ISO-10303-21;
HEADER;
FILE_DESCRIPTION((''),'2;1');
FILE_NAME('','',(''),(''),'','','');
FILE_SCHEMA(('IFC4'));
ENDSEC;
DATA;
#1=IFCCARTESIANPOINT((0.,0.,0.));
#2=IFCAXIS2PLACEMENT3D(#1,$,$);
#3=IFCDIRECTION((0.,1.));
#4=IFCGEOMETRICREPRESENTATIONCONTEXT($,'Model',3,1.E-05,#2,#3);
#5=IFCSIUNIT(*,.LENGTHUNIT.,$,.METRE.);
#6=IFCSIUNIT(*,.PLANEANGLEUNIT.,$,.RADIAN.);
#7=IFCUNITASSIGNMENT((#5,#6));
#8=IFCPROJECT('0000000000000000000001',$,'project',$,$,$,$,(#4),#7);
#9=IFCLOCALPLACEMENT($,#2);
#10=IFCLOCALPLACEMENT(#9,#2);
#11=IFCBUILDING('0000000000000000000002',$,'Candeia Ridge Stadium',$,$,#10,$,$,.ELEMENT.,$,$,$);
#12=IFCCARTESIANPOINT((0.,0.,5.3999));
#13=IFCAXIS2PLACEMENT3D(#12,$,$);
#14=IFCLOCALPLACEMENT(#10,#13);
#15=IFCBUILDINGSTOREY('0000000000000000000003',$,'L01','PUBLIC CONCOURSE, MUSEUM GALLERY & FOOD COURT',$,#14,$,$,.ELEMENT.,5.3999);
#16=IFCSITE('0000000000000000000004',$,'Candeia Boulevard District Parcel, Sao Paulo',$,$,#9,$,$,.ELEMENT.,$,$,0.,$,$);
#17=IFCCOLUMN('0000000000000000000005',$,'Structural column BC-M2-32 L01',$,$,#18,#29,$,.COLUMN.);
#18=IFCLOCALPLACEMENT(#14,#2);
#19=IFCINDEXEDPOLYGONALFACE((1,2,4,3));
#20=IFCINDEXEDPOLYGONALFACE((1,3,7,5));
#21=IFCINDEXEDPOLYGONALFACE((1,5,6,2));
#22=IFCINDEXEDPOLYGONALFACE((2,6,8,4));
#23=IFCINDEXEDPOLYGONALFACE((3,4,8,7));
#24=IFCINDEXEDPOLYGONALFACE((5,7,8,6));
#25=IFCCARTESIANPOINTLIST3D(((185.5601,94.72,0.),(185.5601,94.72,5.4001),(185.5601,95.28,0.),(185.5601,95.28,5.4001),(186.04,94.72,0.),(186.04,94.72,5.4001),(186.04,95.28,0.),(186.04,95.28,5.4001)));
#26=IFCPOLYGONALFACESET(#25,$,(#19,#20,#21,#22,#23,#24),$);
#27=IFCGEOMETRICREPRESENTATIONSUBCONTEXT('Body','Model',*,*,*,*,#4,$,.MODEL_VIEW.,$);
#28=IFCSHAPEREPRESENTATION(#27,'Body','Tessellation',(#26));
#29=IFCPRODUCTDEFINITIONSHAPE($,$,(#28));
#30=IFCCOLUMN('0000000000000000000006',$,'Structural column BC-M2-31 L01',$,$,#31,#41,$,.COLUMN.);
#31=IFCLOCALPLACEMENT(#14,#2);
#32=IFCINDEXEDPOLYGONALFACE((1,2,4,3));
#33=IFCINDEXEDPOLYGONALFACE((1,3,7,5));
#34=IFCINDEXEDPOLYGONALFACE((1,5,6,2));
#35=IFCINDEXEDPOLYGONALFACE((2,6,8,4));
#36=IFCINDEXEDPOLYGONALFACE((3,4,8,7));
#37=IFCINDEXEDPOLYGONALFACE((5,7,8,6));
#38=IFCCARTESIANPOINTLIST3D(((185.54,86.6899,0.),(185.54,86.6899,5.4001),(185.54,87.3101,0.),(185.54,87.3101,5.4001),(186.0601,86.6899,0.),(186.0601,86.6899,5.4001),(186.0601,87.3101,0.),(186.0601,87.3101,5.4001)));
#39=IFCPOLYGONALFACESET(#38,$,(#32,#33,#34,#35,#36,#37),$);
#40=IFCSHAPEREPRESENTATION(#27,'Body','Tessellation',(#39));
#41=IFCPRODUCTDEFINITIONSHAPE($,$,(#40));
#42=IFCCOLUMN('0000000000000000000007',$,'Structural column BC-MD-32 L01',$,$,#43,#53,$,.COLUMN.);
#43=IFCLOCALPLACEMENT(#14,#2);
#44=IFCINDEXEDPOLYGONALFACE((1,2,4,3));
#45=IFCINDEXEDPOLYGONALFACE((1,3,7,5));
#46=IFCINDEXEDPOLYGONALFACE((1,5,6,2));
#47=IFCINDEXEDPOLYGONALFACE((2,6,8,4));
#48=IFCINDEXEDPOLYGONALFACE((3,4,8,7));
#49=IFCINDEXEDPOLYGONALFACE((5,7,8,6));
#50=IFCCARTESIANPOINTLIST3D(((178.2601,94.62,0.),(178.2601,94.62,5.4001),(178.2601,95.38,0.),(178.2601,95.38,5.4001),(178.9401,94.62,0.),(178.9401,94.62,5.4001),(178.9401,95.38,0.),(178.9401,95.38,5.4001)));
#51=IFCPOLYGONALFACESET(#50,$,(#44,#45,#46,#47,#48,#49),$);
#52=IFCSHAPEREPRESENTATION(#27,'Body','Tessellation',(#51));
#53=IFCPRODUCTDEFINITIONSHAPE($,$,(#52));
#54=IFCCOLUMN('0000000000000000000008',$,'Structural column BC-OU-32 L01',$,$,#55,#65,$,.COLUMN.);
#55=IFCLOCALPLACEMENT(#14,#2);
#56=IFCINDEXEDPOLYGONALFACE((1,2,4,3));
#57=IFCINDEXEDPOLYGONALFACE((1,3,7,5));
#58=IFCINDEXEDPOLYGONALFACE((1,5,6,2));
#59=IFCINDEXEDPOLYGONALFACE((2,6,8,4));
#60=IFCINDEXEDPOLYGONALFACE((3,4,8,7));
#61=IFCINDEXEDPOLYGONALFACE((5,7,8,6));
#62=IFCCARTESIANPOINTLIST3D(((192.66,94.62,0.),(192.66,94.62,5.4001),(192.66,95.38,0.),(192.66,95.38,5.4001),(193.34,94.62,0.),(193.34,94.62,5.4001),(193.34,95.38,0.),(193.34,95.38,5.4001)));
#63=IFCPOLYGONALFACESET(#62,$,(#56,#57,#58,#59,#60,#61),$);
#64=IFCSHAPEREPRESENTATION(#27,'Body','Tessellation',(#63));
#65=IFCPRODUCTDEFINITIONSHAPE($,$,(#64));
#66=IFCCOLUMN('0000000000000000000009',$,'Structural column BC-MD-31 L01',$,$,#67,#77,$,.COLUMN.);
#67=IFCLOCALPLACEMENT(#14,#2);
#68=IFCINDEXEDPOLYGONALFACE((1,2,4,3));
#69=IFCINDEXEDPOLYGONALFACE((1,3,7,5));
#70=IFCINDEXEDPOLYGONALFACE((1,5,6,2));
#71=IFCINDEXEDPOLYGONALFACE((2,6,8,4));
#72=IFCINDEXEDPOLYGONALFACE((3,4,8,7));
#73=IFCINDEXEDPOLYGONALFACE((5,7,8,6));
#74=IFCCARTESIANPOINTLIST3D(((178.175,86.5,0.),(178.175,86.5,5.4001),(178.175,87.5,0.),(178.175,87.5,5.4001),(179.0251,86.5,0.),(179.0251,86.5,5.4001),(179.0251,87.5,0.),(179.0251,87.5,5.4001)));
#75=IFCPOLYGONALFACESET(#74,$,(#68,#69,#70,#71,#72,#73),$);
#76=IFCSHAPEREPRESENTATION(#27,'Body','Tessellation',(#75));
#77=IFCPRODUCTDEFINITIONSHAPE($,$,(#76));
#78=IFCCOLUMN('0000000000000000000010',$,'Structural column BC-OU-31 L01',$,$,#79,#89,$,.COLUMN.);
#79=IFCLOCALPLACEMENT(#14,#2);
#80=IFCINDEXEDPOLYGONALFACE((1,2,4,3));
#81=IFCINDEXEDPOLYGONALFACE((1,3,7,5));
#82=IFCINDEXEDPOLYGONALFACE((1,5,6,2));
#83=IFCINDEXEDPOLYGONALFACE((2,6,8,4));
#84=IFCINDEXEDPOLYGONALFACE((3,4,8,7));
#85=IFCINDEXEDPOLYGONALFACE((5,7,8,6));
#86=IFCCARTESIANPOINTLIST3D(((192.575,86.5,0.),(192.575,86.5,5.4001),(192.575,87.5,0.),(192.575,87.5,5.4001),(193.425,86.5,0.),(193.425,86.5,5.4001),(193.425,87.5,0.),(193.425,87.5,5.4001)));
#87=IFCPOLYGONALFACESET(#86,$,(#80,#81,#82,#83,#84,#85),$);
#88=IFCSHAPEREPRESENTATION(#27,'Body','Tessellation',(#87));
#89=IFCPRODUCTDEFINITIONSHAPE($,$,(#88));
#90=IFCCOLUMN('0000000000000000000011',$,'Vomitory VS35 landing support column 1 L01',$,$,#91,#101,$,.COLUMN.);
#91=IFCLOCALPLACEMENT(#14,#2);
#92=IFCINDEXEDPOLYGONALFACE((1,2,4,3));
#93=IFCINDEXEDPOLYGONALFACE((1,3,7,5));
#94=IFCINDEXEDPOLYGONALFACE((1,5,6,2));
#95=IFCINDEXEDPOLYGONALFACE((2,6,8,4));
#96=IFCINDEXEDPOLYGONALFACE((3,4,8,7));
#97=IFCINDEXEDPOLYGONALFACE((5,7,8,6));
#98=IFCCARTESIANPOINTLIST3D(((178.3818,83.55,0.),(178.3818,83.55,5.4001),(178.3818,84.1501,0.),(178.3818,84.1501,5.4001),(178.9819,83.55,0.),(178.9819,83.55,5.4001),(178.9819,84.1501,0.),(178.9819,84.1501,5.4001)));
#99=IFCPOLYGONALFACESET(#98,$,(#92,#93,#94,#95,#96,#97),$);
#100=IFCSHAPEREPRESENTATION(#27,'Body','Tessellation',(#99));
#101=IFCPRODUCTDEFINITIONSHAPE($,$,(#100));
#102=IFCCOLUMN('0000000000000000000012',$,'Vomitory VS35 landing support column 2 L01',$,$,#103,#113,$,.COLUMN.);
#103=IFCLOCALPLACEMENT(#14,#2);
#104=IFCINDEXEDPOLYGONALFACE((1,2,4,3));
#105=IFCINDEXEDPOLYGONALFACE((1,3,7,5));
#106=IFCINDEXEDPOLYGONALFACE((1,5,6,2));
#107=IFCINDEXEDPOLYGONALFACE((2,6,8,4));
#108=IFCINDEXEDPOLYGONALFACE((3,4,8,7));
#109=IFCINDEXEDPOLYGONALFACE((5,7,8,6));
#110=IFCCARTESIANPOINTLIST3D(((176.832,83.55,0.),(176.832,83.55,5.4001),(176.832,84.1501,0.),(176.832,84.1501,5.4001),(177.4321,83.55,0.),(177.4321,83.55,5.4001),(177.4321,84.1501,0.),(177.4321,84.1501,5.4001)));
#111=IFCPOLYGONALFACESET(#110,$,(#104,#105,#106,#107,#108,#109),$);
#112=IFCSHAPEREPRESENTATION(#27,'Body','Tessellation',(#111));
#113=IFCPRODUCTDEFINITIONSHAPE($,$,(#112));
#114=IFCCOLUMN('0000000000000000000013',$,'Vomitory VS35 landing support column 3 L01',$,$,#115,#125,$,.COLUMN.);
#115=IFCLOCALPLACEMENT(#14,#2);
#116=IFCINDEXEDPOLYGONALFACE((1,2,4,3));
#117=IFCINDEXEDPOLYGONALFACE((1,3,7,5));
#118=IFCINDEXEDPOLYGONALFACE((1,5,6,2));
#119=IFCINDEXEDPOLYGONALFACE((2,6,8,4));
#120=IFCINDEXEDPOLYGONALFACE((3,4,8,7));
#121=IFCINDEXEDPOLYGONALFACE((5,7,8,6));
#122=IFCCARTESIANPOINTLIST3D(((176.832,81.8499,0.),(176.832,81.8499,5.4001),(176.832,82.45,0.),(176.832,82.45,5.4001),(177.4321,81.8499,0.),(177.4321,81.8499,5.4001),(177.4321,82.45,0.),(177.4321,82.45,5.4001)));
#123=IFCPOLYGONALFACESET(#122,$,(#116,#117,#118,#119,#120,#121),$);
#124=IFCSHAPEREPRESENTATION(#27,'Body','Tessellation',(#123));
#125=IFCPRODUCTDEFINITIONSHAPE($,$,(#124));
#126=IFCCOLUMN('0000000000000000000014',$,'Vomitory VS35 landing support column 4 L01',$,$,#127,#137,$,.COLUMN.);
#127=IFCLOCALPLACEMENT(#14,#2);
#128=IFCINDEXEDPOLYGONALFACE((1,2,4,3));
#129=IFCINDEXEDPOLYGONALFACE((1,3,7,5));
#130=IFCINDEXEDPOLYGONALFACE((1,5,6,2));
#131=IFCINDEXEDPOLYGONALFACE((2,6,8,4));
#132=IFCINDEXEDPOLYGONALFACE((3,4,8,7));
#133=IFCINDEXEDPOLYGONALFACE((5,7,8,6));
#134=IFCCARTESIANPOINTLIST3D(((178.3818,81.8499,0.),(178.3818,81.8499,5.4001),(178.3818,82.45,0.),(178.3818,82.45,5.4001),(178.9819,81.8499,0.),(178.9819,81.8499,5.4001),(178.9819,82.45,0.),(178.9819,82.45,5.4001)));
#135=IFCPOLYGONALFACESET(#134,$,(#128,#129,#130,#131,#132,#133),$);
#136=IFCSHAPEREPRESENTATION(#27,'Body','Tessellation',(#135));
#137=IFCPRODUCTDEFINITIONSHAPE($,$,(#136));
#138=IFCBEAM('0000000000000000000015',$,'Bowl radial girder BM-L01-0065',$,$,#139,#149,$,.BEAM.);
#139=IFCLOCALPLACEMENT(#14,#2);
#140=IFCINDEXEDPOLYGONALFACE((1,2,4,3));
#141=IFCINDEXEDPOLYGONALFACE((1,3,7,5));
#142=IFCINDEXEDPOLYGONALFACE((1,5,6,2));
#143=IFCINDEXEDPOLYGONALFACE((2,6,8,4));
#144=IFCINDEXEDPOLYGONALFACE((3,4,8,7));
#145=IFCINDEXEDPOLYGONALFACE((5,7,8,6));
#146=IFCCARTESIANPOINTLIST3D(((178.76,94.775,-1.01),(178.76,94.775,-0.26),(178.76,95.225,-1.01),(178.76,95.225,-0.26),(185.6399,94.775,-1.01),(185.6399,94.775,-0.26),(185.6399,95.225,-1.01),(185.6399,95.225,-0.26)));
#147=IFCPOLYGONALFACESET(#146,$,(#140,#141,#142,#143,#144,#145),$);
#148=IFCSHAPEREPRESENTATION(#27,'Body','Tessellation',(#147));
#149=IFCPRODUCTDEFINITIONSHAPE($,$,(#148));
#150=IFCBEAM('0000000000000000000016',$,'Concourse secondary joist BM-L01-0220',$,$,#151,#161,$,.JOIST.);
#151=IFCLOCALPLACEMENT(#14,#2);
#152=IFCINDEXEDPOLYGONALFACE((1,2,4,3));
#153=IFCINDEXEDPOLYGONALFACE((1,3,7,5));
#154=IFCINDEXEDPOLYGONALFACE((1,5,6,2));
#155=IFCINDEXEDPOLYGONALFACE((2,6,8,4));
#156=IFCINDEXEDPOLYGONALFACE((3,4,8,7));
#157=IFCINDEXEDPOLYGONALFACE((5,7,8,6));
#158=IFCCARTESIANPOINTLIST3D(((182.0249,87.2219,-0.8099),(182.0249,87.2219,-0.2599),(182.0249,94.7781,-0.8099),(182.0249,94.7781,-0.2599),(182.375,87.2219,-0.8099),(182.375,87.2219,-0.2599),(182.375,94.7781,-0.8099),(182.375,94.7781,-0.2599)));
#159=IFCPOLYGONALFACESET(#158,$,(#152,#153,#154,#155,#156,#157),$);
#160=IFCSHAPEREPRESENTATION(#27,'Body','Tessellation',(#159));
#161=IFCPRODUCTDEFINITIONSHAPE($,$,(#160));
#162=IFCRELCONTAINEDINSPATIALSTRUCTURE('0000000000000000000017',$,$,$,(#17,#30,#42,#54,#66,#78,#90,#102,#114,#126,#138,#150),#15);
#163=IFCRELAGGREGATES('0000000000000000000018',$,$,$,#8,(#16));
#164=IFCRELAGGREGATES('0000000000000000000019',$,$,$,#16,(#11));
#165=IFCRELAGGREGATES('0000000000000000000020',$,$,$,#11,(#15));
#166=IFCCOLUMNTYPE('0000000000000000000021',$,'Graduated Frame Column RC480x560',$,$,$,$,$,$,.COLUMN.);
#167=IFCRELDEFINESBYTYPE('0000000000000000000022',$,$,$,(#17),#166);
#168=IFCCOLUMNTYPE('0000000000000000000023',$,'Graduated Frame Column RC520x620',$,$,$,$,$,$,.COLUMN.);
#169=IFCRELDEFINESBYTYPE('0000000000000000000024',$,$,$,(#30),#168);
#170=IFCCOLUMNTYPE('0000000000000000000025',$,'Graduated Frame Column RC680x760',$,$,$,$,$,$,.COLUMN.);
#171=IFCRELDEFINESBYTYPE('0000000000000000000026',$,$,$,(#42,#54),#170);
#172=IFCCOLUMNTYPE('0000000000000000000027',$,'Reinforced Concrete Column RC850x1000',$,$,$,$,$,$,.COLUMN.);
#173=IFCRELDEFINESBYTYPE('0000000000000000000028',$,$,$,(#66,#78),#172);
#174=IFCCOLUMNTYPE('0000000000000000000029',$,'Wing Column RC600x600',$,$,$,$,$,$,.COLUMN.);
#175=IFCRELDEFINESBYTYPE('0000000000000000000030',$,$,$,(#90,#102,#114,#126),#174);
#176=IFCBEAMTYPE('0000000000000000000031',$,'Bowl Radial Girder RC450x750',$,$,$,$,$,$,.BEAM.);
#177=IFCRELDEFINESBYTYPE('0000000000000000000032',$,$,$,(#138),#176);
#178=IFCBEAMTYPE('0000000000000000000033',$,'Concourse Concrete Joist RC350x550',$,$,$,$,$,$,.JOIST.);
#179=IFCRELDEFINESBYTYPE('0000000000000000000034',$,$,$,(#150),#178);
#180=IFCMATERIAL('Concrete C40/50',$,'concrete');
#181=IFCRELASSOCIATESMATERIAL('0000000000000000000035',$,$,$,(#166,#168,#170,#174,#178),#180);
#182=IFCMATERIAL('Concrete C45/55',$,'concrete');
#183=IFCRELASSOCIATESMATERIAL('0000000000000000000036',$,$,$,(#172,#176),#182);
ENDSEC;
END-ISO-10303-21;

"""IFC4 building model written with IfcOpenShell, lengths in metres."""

from ifc_helpers import new_model, si_unit, direction, frame, origin, origin_2d, place, context, subcontext, project, spatial, rectangle, extrude, material, material_profile, profile_set, type_object, element, save


model = new_model("IFC4")

# Units and contexts
model_context = context("Model", 3, precision=1e-05, world=origin(), true_north=direction((0.0, 1.0)))
body_context = subcontext(model_context, "Body", "Model", "MODEL_VIEW")
ifc_project = project(units=[si_unit("LENGTHUNIT", "METRE"), si_unit("PLANEANGLEUNIT", "RADIAN")], contexts=[model_context])

# Site, building, storey
site_placement = place(None, origin())
site = spatial("IfcSite", under=ifc_project, at=site_placement, Name="Candeia Boulevard District Parcel, Sao Paulo", CompositionType="ELEMENT", RefElevation=0.0)
building_placement = place(site_placement, origin())
building = spatial("IfcBuilding", under=site, at=building_placement, Name="Candeia Ridge Stadium", CompositionType="ELEMENT")
storey_placement = place(building_placement, frame((0.0, 0.0, 5.3999)))
storey = spatial("IfcBuildingStorey", under=building, at=storey_placement, Name="L01", Description="PUBLIC CONCOURSE, MUSEUM GALLERY & FOOD COURT", CompositionType="ELEMENT", Elevation=5.3999)

# Columns
ifc_material_1 = material(Name="Concrete C40/50", Category="concrete")
ifc_material_profile_1 = material_profile(ifc_material_1, rectangle(XDim=0.48, YDim=0.5601, at=origin_2d()), Name="RC480x560", Category="concrete")
ifc_profile_set_1 = profile_set([ifc_material_profile_1], Name="Concrete C40/50")
column_type_1 = type_object("IfcColumnType", Name="Graduated Frame Column RC480x560", PredefinedType="COLUMN", material=ifc_profile_set_1)
column_1_placement = place(storey_placement, frame((185.8, 95.0, 0.0), z_axis=(0.0, 0.0, 1.0), x_axis=(1.0, 0.0, 0.0)))
element("IfcColumn", 1, at=column_1_placement, inside=storey, type_object=column_type_1, Name="Structural column BC-M2-32 L01", PredefinedType="COLUMN", context=body_context, shape_type="SweptSolid", body=[
    extrude(rectangle(XDim=0.48, YDim=0.5601, at=origin_2d()), origin(), (0.0, 0.0, 1.0), 5.4001),
])
ifc_material_profile_2 = material_profile(ifc_material_1, rectangle(XDim=0.52, YDim=0.6201, at=origin_2d()), Name="RC520x620", Category="concrete")
ifc_profile_set_2 = profile_set([ifc_material_profile_2], Name="Concrete C40/50")
column_type_2 = type_object("IfcColumnType", Name="Graduated Frame Column RC520x620", PredefinedType="COLUMN", material=ifc_profile_set_2)
column_2_placement = place(storey_placement, frame((185.8, 87.0, 0.0), z_axis=(0.0, 0.0, 1.0), x_axis=(1.0, 0.0, 0.0)))
element("IfcColumn", 2, at=column_2_placement, inside=storey, type_object=column_type_2, Name="Structural column BC-M2-31 L01", PredefinedType="COLUMN", context=body_context, shape_type="SweptSolid", body=[
    extrude(rectangle(XDim=0.52, YDim=0.6201, at=origin_2d()), origin(), (0.0, 0.0, 1.0), 5.4001),
])
ifc_material_profile_3 = material_profile(ifc_material_1, rectangle(XDim=0.6799, YDim=0.76, at=origin_2d()), Name="RC680x760", Category="concrete")
ifc_profile_set_3 = profile_set([ifc_material_profile_3], Name="Concrete C40/50")
column_type_3 = type_object("IfcColumnType", Name="Graduated Frame Column RC680x760", PredefinedType="COLUMN", material=ifc_profile_set_3)
for number, where, z_axis, x_axis, name in (
    (3, (178.6001, 95.0, 0.0), (0.0, 0.0, 1.0), (1.0, 0.0, 0.0), "Structural column BC-MD-32 L01"),
    (4, (193.0, 95.0, 0.0), (0.0, 0.0, 1.0), (1.0, 0.0, 0.0), "Structural column BC-OU-32 L01"),
):
    element("IfcColumn", number, at=place(storey_placement, frame(where, z_axis=z_axis, x_axis=x_axis)), inside=storey, type_object=column_type_3, Name=name, PredefinedType="COLUMN", context=body_context, shape_type="SweptSolid", body=[
        extrude(rectangle(XDim=0.6799, YDim=0.76, at=origin_2d()), origin(), (0.0, 0.0, 1.0), 5.4001),
    ])
ifc_material_2 = material(Name="Concrete C45/55", Category="concrete")
ifc_material_profile_4 = material_profile(ifc_material_2, rectangle(XDim=0.8501, YDim=1.0, at=origin_2d()), Name="RC850x1000", Category="concrete")
ifc_profile_set_4 = profile_set([ifc_material_profile_4], Name="Concrete C45/55")
column_type_4 = type_object("IfcColumnType", Name="Reinforced Concrete Column RC850x1000", PredefinedType="COLUMN", material=ifc_profile_set_4)
for number, where, z_axis, x_axis, name in (
    (5, (178.6001, 87.0, 0.0), (0.0, 0.0, 1.0), (1.0, 0.0, 0.0), "Structural column BC-MD-31 L01"),
    (6, (193.0, 87.0, 0.0), (0.0, 0.0, 1.0), (1.0, 0.0, 0.0), "Structural column BC-OU-31 L01"),
):
    element("IfcColumn", number, at=place(storey_placement, frame(where, z_axis=z_axis, x_axis=x_axis)), inside=storey, type_object=column_type_4, Name=name, PredefinedType="COLUMN", context=body_context, shape_type="SweptSolid", body=[
        extrude(rectangle(XDim=0.8501, YDim=1.0, at=origin_2d()), origin(), (0.0, 0.0, 1.0), 5.4001),
    ])
ifc_material_profile_5 = material_profile(ifc_material_1, rectangle(XDim=0.6001, YDim=0.6001, at=origin_2d()), Name="RC600x600", Category="concrete")
ifc_profile_set_5 = profile_set([ifc_material_profile_5], Name="Concrete C40/50")
column_type_5 = type_object("IfcColumnType", Name="Wing Column RC600x600", PredefinedType="COLUMN", material=ifc_profile_set_5)
for number, where, z_axis, x_axis, name in (
    (7, (178.6819, 83.8501, 0.0), (0.0, 0.0, 1.0), (1.0, 0.0, 0.0), "Vomitory VS35 landing support column 1 L01"),
    (8, (177.1321, 83.8501, 0.0), (0.0, 0.0, 1.0), (1.0, 0.0, 0.0), "Vomitory VS35 landing support column 2 L01"),
    (9, (177.1321, 82.1499, 0.0), (0.0, 0.0, 1.0), (1.0, 0.0, 0.0), "Vomitory VS35 landing support column 3 L01"),
    (10, (178.6819, 82.1499, 0.0), (0.0, 0.0, 1.0), (1.0, 0.0, 0.0), "Vomitory VS35 landing support column 4 L01"),
):
    element("IfcColumn", number, at=place(storey_placement, frame(where, z_axis=z_axis, x_axis=x_axis)), inside=storey, type_object=column_type_5, Name=name, PredefinedType="COLUMN", context=body_context, shape_type="SweptSolid", body=[
        extrude(rectangle(XDim=0.6001, YDim=0.6001, at=origin_2d()), origin(), (0.0, 0.0, 1.0), 5.4001),
    ])

# Beams
ifc_material_profile_6 = material_profile(ifc_material_2, rectangle(XDim=0.45, YDim=0.75, at=origin_2d()), Name="RC450x750", Category="concrete")
ifc_profile_set_6 = profile_set([ifc_material_profile_6], Name="Concrete C45/55")
beam_type_1 = type_object("IfcBeamType", Name="Bowl Radial Girder RC450x750", PredefinedType="BEAM", material=ifc_profile_set_6)
beam_1_placement = place(storey_placement, frame((178.76, 95.0, -0.635), z_axis=(1.0, 0.0, 0.0), x_axis=(0.0, 1.0, 0.0)))
element("IfcBeam", 11, at=beam_1_placement, inside=storey, type_object=beam_type_1, Name="Bowl radial girder BM-L01-0065", PredefinedType="BEAM", context=body_context, shape_type="SweptSolid", body=[
    extrude(rectangle(XDim=0.45, YDim=0.75, at=origin_2d()), origin(), (0.0, 0.0, 1.0), 6.8799),
])
ifc_material_profile_7 = material_profile(ifc_material_1, rectangle(XDim=0.3501, YDim=0.55, at=origin_2d()), Name="RC350x550", Category="concrete")
ifc_profile_set_7 = profile_set([ifc_material_profile_7], Name="Concrete C40/50")
beam_type_2 = type_object("IfcBeamType", Name="Concourse Concrete Joist RC350x550", PredefinedType="JOIST", material=ifc_profile_set_7)
beam_2_placement = place(storey_placement, frame((182.2, 87.2219, -0.5349), z_axis=(0.0, 1.0, 0.0), x_axis=(-1.0, 0.0, 0.0)))
element("IfcBeam", 12, at=beam_2_placement, inside=storey, type_object=beam_type_2, Name="Concourse secondary joist BM-L01-0220", PredefinedType="JOIST", context=body_context, shape_type="SweptSolid", body=[
    extrude(rectangle(XDim=0.3501, YDim=0.55, at=origin_2d()), origin(), (0.0, 0.0, 1.0), 7.5562),
])

save(model, "model.ifc")
